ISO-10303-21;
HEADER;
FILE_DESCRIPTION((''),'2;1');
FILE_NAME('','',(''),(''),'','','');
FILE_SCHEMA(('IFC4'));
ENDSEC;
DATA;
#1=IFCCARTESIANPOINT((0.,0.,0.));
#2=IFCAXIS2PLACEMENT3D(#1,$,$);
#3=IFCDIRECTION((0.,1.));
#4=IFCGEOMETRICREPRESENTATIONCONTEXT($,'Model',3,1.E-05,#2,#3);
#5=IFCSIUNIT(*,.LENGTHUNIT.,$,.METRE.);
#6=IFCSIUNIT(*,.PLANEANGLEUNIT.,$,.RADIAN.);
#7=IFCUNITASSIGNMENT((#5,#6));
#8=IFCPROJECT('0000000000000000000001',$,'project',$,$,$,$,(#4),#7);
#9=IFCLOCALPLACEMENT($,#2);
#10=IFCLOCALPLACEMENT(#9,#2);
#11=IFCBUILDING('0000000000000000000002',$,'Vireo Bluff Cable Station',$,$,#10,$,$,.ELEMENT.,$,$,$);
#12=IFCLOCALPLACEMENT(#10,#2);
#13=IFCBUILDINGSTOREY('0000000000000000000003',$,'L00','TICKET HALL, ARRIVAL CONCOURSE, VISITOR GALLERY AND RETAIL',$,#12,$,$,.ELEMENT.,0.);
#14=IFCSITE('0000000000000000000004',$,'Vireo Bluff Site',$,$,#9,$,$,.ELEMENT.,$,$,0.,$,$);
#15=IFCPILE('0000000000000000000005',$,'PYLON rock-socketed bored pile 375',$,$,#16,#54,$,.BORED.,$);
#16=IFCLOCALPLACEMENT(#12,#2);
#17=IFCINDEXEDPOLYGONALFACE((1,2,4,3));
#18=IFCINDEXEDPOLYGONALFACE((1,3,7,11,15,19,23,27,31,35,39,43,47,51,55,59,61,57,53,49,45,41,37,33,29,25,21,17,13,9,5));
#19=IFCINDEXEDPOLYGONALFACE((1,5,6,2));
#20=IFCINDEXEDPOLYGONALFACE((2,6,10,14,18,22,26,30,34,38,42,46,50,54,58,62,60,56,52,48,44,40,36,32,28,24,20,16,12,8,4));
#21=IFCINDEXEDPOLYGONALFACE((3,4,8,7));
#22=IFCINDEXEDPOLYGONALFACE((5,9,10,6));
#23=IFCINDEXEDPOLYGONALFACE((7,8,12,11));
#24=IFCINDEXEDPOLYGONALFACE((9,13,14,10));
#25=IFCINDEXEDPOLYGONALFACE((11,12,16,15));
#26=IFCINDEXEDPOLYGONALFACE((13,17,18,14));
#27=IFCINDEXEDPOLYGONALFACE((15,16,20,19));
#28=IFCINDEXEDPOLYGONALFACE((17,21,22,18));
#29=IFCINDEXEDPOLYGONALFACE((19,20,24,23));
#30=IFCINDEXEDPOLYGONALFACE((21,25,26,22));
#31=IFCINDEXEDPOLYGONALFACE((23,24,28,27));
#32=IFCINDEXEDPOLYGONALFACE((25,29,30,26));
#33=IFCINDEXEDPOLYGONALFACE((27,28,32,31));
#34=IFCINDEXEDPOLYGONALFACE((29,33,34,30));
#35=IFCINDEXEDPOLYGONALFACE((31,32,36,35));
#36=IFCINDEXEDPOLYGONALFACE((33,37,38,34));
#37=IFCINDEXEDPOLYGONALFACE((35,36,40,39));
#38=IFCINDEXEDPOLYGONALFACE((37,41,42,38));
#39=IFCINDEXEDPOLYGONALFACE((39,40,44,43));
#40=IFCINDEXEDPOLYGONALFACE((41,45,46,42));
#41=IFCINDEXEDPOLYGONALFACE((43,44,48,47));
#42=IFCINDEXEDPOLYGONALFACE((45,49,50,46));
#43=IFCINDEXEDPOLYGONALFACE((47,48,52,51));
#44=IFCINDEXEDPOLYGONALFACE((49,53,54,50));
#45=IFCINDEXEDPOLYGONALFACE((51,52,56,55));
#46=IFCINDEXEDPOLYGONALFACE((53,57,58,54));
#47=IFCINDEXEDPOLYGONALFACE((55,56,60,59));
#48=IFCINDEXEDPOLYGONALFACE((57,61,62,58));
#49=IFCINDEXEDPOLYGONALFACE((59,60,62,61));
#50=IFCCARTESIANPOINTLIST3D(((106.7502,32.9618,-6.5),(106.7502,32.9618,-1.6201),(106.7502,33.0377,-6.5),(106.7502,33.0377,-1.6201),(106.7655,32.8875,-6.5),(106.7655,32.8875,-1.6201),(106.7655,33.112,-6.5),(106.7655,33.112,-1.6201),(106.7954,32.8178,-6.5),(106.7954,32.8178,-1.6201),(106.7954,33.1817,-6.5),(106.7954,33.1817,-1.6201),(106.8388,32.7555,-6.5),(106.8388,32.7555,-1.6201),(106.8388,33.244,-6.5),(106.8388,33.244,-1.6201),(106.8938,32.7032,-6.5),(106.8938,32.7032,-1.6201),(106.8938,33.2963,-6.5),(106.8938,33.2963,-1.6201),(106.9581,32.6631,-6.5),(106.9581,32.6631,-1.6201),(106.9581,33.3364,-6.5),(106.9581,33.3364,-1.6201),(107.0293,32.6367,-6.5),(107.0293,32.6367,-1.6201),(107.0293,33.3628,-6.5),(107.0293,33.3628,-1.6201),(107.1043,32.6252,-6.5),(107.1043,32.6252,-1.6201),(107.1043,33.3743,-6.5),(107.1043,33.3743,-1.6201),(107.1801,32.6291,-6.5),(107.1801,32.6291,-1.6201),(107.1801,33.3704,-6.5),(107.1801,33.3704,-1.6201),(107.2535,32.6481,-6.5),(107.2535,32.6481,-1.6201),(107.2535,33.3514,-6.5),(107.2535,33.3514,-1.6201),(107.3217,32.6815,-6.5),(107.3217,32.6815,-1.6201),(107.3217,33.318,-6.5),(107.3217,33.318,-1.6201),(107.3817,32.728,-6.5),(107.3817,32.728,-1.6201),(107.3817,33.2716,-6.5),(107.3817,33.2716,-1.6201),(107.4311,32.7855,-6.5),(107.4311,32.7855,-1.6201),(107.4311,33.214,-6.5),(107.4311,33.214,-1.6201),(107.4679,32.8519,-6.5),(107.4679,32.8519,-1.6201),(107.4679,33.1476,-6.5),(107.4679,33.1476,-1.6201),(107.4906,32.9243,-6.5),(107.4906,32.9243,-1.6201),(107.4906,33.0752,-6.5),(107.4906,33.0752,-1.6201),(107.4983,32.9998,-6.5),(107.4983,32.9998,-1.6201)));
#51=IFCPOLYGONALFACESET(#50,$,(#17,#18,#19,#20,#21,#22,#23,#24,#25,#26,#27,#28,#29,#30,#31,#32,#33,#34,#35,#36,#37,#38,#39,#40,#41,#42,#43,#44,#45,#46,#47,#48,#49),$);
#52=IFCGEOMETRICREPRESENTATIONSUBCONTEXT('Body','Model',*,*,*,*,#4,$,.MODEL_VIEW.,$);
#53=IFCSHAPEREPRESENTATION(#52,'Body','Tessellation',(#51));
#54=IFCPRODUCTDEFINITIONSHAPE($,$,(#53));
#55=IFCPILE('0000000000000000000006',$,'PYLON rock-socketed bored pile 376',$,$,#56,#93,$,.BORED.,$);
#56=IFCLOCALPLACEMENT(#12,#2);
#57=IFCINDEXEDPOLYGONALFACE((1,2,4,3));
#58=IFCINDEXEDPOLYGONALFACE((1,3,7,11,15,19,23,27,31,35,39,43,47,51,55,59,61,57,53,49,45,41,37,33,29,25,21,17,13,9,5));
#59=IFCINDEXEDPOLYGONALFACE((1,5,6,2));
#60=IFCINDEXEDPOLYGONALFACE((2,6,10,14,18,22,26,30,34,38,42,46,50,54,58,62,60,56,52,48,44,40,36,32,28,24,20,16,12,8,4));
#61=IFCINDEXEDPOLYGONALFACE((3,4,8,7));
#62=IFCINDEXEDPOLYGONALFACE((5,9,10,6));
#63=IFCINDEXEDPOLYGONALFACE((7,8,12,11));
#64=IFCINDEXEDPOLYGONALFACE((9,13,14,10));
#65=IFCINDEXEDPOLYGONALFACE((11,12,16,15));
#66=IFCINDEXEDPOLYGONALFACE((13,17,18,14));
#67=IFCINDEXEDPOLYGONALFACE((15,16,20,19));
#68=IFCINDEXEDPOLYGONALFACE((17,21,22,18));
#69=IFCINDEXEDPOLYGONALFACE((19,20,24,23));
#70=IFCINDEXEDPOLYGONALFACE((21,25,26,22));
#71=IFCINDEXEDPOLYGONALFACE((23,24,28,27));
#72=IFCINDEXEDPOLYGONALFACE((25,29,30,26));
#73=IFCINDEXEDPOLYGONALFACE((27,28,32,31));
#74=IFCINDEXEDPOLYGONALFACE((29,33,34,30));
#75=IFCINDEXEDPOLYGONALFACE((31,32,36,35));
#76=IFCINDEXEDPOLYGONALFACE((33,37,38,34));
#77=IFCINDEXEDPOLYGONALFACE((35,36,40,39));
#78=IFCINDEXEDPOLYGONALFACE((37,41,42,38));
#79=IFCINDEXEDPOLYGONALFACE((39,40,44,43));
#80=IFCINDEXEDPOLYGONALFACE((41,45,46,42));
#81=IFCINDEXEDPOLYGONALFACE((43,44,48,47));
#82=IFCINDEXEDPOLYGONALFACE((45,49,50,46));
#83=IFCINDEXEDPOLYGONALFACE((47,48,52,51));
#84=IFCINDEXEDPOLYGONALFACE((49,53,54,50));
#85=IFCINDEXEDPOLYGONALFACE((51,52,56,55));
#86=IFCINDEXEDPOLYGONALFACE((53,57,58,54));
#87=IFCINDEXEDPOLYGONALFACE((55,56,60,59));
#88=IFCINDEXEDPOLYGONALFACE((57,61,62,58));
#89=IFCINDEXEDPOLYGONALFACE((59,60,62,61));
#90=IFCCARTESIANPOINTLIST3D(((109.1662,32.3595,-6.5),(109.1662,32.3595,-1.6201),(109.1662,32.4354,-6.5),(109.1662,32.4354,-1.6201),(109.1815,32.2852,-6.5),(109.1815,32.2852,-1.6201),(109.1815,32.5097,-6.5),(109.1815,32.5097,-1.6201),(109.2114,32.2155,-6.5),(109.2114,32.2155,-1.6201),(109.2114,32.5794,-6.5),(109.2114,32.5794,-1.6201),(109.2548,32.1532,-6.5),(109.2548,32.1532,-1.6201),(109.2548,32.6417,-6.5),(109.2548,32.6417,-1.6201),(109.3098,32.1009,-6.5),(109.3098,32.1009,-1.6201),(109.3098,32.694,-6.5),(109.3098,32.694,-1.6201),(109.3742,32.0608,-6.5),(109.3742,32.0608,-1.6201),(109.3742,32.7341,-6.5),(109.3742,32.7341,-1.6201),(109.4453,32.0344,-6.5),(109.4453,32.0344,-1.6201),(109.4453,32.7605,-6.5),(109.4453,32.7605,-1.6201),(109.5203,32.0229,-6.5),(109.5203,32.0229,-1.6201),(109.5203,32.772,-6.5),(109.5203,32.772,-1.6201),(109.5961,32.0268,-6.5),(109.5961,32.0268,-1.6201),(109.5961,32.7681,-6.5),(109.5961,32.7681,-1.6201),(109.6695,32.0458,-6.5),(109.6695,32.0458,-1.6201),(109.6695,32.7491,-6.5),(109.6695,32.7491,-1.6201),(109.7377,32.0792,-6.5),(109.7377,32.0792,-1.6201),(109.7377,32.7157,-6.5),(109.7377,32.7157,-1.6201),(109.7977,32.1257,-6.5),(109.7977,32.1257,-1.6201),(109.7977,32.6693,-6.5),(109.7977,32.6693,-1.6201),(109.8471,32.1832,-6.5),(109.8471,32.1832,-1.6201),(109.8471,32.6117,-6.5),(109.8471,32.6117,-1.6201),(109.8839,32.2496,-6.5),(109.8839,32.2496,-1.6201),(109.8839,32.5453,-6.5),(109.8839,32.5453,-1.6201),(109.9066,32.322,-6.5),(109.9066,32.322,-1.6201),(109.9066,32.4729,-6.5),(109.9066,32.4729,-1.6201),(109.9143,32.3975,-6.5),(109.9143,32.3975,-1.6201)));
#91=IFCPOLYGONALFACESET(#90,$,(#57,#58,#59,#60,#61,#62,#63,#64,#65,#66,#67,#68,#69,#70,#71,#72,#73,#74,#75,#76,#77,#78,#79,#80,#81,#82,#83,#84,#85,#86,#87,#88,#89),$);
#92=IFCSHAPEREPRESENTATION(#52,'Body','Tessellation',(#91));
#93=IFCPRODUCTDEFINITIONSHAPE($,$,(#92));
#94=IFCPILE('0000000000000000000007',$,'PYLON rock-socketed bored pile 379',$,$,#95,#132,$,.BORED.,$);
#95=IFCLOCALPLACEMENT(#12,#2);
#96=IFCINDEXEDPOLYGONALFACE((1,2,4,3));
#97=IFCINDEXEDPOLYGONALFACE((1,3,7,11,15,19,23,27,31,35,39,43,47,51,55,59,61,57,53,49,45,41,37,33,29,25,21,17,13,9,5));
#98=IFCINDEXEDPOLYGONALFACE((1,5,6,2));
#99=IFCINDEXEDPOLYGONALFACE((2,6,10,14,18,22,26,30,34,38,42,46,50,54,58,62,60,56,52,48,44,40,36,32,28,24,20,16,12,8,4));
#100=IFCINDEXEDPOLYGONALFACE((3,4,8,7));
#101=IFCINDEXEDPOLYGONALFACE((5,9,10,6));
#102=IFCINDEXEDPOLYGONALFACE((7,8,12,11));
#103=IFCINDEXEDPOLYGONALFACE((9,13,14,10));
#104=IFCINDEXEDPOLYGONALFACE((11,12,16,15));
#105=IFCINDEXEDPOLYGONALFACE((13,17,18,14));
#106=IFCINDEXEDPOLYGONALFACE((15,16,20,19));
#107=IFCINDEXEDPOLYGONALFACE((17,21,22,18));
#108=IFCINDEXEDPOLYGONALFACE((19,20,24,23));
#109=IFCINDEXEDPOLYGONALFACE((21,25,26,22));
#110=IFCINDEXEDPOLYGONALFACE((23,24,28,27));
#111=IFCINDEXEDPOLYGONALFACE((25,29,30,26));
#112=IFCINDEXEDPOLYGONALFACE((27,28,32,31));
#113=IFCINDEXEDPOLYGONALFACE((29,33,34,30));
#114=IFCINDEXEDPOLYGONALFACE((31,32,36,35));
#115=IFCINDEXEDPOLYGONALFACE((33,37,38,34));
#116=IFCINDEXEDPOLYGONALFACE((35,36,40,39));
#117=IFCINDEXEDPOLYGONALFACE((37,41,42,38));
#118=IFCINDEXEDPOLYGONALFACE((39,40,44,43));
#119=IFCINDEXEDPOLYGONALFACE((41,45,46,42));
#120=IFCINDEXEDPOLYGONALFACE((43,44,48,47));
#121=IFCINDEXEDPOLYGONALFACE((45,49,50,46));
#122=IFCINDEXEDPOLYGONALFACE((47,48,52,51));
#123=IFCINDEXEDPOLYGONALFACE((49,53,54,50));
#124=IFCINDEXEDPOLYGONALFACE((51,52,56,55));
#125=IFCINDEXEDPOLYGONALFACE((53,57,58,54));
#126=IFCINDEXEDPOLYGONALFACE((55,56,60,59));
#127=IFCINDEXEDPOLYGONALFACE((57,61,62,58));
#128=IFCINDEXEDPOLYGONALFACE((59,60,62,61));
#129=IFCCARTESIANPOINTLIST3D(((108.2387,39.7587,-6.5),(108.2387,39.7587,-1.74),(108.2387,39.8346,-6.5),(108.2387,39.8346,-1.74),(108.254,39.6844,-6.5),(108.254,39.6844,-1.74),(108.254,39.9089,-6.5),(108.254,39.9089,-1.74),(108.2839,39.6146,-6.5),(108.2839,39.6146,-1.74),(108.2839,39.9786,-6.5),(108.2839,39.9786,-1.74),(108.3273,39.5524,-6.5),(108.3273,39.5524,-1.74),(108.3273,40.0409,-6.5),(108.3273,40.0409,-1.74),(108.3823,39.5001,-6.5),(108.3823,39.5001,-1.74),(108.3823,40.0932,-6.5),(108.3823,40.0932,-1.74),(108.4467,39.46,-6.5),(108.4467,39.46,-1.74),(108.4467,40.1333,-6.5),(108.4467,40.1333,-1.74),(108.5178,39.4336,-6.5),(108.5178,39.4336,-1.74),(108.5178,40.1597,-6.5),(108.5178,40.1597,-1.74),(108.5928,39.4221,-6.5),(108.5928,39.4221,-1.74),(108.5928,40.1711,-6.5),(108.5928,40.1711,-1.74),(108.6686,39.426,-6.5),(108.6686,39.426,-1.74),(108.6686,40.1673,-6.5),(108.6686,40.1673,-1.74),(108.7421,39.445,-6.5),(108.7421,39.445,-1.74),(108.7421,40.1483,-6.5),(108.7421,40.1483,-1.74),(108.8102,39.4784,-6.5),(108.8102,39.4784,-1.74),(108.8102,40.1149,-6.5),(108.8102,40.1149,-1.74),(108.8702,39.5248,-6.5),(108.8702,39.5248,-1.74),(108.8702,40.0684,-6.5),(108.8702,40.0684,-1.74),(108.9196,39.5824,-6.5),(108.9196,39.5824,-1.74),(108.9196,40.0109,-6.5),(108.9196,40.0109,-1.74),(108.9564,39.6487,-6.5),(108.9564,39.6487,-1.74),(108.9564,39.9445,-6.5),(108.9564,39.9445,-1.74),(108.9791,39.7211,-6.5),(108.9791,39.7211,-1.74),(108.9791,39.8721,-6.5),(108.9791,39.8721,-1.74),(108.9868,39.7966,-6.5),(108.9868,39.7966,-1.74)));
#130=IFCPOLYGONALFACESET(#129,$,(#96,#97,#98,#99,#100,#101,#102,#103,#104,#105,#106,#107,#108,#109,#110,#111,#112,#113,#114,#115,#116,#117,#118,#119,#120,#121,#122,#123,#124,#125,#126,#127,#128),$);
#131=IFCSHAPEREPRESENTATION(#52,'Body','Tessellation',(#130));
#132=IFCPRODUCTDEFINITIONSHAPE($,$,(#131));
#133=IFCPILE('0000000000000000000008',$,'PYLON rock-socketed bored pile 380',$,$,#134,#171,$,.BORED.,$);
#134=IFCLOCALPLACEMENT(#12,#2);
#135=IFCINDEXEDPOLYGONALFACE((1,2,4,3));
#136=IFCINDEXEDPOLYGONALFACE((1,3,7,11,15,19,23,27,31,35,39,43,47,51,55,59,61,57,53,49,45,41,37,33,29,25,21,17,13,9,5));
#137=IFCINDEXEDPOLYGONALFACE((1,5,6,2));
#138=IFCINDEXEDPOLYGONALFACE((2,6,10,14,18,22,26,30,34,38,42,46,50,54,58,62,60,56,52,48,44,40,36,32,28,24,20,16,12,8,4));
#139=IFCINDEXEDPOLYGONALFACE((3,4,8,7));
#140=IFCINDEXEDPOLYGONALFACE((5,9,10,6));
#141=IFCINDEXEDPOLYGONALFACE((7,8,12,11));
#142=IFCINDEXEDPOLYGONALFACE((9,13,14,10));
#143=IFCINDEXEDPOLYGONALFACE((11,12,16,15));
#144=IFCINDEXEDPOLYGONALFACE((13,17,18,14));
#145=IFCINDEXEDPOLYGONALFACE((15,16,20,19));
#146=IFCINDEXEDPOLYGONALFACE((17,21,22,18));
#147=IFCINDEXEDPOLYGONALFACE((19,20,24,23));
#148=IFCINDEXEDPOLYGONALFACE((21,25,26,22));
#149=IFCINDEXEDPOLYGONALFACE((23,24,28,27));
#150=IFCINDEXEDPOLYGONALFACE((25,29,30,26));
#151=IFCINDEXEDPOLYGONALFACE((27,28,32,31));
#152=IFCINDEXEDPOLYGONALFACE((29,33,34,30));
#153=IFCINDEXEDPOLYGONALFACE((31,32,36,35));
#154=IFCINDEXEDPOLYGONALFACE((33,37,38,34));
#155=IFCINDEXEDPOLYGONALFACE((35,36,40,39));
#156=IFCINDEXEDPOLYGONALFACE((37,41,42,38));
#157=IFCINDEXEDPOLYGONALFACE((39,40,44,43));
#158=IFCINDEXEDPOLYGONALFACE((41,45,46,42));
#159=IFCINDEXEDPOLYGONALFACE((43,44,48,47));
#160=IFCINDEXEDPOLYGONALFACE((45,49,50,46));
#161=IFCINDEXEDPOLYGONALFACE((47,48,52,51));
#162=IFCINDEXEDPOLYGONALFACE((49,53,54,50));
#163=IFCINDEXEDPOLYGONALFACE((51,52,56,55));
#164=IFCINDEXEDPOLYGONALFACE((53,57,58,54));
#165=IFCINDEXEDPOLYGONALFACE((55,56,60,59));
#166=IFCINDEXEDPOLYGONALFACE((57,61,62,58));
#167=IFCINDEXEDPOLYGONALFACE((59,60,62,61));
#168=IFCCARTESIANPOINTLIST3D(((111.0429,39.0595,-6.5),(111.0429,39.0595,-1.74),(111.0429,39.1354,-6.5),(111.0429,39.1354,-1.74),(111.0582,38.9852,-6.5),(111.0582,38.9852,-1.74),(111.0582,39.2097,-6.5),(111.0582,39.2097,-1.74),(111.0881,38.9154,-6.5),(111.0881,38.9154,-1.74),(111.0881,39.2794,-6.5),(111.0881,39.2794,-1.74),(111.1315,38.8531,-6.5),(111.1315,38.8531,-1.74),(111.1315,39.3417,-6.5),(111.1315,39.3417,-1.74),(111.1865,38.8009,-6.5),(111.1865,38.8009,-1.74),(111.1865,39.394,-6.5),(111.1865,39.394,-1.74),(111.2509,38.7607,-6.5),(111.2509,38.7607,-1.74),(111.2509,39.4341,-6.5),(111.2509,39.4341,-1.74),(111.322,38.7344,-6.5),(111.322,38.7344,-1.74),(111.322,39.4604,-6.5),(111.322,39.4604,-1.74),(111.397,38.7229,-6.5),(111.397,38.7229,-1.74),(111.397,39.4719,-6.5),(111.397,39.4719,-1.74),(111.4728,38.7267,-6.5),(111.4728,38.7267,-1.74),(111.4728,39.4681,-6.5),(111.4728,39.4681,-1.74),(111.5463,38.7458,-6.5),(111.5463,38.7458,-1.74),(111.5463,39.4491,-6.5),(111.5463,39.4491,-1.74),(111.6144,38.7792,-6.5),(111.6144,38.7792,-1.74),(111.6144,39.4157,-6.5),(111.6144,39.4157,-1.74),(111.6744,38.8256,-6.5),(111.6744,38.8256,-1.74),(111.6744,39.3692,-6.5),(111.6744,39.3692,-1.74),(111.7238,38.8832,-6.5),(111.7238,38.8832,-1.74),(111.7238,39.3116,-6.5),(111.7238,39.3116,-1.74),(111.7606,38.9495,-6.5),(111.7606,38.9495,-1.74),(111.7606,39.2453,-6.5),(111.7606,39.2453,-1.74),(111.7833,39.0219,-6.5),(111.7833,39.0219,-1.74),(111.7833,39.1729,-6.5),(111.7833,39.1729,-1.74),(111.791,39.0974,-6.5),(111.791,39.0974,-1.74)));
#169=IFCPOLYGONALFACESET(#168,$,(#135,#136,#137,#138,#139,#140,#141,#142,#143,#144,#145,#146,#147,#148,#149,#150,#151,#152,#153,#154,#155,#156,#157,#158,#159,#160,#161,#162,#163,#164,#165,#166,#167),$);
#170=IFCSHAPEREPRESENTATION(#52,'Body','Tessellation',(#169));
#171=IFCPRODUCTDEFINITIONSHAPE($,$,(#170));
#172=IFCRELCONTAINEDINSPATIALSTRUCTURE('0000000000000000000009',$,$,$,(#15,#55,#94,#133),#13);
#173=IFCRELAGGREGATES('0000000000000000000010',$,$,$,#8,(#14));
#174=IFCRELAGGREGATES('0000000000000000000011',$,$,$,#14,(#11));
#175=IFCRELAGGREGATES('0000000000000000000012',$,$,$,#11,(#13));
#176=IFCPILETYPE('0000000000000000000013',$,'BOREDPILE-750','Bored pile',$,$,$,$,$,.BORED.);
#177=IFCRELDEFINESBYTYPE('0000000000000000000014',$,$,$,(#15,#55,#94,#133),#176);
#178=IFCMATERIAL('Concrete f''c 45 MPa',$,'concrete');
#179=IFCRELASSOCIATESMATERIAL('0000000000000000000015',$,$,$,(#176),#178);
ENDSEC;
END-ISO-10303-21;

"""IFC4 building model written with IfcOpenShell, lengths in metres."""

from ifc_helpers import new_model, si_unit, direction, frame, origin, origin_2d, place, context, subcontext, project, spatial, circle, extrude, material, material_profile, profile_set, type_object, element, save


model = new_model("IFC4")

# Units and contexts
model_context = context("Model", 3, precision=1e-05, world=origin(), true_north=direction((0.0, 1.0)))
body_context = subcontext(model_context, "Body", "Model", "MODEL_VIEW")
ifc_project = project(units=[si_unit("LENGTHUNIT", "METRE"), si_unit("PLANEANGLEUNIT", "RADIAN")], contexts=[model_context])

# Site, building, storey
site_placement = place(None, origin())
site = spatial("IfcSite", under=ifc_project, at=site_placement, Name="Vireo Bluff Site", CompositionType="ELEMENT", RefElevation=0.0)
building_placement = place(site_placement, origin())
building = spatial("IfcBuilding", under=site, at=building_placement, Name="Vireo Bluff Cable Station", CompositionType="ELEMENT")
storey_placement = place(building_placement, origin())
storey = spatial("IfcBuildingStorey", under=building, at=storey_placement, Name="L00", Description="TICKET HALL, ARRIVAL CONCOURSE, VISITOR GALLERY AND RETAIL", CompositionType="ELEMENT", Elevation=0.0)

# Piles
ifc_material_1 = material(Name="Concrete f'c 45 MPa", Category="concrete")
ifc_material_profile_1 = material_profile(ifc_material_1, circle(Radius=0.375, at=origin_2d()), Name="BOREDPILE-750")
ifc_profile_set_1 = profile_set([ifc_material_profile_1], Name="Concrete f'c 45 MPa")
pile_type_1 = type_object("IfcPileType", Name="BOREDPILE-750", Description="Bored pile", PredefinedType="BORED", material=ifc_profile_set_1)
for number, where, z_axis, x_axis, name in (
    (1, (107.1233, 32.9998, -1.6201), (0.0, 0.0, -1.0), (1.0, 0.0, 0.0), "PYLON rock-socketed bored pile 375"),
    (2, (109.5393, 32.3975, -1.6201), (0.0, 0.0, -1.0), (1.0, 0.0, 0.0), "PYLON rock-socketed bored pile 376"),
):
    element("IfcPile", number, at=place(storey_placement, frame(where, z_axis=z_axis, x_axis=x_axis)), inside=storey, type_object=pile_type_1, Name=name, PredefinedType="BORED", context=body_context, shape_type="SweptSolid", body=[
        extrude(circle(Radius=0.375, at=origin_2d()), origin(), (0.0, 0.0, 1.0), 4.8799),
    ])
for number, where, z_axis, x_axis, name in (
    (3, (108.6118, 39.7966, -1.74), (0.0, 0.0, -1.0), (1.0, 0.0, 0.0), "PYLON rock-socketed bored pile 379"),
    (4, (111.416, 39.0974, -1.74), (0.0, 0.0, -1.0), (1.0, 0.0, 0.0), "PYLON rock-socketed bored pile 380"),
):
    element("IfcPile", number, at=place(storey_placement, frame(where, z_axis=z_axis, x_axis=x_axis)), inside=storey, type_object=pile_type_1, Name=name, PredefinedType="BORED", context=body_context, shape_type="SweptSolid", body=[
        extrude(circle(Radius=0.375, at=origin_2d()), origin(), (0.0, 0.0, 1.0), 4.76),
    ])

save(model, "model.ifc")
